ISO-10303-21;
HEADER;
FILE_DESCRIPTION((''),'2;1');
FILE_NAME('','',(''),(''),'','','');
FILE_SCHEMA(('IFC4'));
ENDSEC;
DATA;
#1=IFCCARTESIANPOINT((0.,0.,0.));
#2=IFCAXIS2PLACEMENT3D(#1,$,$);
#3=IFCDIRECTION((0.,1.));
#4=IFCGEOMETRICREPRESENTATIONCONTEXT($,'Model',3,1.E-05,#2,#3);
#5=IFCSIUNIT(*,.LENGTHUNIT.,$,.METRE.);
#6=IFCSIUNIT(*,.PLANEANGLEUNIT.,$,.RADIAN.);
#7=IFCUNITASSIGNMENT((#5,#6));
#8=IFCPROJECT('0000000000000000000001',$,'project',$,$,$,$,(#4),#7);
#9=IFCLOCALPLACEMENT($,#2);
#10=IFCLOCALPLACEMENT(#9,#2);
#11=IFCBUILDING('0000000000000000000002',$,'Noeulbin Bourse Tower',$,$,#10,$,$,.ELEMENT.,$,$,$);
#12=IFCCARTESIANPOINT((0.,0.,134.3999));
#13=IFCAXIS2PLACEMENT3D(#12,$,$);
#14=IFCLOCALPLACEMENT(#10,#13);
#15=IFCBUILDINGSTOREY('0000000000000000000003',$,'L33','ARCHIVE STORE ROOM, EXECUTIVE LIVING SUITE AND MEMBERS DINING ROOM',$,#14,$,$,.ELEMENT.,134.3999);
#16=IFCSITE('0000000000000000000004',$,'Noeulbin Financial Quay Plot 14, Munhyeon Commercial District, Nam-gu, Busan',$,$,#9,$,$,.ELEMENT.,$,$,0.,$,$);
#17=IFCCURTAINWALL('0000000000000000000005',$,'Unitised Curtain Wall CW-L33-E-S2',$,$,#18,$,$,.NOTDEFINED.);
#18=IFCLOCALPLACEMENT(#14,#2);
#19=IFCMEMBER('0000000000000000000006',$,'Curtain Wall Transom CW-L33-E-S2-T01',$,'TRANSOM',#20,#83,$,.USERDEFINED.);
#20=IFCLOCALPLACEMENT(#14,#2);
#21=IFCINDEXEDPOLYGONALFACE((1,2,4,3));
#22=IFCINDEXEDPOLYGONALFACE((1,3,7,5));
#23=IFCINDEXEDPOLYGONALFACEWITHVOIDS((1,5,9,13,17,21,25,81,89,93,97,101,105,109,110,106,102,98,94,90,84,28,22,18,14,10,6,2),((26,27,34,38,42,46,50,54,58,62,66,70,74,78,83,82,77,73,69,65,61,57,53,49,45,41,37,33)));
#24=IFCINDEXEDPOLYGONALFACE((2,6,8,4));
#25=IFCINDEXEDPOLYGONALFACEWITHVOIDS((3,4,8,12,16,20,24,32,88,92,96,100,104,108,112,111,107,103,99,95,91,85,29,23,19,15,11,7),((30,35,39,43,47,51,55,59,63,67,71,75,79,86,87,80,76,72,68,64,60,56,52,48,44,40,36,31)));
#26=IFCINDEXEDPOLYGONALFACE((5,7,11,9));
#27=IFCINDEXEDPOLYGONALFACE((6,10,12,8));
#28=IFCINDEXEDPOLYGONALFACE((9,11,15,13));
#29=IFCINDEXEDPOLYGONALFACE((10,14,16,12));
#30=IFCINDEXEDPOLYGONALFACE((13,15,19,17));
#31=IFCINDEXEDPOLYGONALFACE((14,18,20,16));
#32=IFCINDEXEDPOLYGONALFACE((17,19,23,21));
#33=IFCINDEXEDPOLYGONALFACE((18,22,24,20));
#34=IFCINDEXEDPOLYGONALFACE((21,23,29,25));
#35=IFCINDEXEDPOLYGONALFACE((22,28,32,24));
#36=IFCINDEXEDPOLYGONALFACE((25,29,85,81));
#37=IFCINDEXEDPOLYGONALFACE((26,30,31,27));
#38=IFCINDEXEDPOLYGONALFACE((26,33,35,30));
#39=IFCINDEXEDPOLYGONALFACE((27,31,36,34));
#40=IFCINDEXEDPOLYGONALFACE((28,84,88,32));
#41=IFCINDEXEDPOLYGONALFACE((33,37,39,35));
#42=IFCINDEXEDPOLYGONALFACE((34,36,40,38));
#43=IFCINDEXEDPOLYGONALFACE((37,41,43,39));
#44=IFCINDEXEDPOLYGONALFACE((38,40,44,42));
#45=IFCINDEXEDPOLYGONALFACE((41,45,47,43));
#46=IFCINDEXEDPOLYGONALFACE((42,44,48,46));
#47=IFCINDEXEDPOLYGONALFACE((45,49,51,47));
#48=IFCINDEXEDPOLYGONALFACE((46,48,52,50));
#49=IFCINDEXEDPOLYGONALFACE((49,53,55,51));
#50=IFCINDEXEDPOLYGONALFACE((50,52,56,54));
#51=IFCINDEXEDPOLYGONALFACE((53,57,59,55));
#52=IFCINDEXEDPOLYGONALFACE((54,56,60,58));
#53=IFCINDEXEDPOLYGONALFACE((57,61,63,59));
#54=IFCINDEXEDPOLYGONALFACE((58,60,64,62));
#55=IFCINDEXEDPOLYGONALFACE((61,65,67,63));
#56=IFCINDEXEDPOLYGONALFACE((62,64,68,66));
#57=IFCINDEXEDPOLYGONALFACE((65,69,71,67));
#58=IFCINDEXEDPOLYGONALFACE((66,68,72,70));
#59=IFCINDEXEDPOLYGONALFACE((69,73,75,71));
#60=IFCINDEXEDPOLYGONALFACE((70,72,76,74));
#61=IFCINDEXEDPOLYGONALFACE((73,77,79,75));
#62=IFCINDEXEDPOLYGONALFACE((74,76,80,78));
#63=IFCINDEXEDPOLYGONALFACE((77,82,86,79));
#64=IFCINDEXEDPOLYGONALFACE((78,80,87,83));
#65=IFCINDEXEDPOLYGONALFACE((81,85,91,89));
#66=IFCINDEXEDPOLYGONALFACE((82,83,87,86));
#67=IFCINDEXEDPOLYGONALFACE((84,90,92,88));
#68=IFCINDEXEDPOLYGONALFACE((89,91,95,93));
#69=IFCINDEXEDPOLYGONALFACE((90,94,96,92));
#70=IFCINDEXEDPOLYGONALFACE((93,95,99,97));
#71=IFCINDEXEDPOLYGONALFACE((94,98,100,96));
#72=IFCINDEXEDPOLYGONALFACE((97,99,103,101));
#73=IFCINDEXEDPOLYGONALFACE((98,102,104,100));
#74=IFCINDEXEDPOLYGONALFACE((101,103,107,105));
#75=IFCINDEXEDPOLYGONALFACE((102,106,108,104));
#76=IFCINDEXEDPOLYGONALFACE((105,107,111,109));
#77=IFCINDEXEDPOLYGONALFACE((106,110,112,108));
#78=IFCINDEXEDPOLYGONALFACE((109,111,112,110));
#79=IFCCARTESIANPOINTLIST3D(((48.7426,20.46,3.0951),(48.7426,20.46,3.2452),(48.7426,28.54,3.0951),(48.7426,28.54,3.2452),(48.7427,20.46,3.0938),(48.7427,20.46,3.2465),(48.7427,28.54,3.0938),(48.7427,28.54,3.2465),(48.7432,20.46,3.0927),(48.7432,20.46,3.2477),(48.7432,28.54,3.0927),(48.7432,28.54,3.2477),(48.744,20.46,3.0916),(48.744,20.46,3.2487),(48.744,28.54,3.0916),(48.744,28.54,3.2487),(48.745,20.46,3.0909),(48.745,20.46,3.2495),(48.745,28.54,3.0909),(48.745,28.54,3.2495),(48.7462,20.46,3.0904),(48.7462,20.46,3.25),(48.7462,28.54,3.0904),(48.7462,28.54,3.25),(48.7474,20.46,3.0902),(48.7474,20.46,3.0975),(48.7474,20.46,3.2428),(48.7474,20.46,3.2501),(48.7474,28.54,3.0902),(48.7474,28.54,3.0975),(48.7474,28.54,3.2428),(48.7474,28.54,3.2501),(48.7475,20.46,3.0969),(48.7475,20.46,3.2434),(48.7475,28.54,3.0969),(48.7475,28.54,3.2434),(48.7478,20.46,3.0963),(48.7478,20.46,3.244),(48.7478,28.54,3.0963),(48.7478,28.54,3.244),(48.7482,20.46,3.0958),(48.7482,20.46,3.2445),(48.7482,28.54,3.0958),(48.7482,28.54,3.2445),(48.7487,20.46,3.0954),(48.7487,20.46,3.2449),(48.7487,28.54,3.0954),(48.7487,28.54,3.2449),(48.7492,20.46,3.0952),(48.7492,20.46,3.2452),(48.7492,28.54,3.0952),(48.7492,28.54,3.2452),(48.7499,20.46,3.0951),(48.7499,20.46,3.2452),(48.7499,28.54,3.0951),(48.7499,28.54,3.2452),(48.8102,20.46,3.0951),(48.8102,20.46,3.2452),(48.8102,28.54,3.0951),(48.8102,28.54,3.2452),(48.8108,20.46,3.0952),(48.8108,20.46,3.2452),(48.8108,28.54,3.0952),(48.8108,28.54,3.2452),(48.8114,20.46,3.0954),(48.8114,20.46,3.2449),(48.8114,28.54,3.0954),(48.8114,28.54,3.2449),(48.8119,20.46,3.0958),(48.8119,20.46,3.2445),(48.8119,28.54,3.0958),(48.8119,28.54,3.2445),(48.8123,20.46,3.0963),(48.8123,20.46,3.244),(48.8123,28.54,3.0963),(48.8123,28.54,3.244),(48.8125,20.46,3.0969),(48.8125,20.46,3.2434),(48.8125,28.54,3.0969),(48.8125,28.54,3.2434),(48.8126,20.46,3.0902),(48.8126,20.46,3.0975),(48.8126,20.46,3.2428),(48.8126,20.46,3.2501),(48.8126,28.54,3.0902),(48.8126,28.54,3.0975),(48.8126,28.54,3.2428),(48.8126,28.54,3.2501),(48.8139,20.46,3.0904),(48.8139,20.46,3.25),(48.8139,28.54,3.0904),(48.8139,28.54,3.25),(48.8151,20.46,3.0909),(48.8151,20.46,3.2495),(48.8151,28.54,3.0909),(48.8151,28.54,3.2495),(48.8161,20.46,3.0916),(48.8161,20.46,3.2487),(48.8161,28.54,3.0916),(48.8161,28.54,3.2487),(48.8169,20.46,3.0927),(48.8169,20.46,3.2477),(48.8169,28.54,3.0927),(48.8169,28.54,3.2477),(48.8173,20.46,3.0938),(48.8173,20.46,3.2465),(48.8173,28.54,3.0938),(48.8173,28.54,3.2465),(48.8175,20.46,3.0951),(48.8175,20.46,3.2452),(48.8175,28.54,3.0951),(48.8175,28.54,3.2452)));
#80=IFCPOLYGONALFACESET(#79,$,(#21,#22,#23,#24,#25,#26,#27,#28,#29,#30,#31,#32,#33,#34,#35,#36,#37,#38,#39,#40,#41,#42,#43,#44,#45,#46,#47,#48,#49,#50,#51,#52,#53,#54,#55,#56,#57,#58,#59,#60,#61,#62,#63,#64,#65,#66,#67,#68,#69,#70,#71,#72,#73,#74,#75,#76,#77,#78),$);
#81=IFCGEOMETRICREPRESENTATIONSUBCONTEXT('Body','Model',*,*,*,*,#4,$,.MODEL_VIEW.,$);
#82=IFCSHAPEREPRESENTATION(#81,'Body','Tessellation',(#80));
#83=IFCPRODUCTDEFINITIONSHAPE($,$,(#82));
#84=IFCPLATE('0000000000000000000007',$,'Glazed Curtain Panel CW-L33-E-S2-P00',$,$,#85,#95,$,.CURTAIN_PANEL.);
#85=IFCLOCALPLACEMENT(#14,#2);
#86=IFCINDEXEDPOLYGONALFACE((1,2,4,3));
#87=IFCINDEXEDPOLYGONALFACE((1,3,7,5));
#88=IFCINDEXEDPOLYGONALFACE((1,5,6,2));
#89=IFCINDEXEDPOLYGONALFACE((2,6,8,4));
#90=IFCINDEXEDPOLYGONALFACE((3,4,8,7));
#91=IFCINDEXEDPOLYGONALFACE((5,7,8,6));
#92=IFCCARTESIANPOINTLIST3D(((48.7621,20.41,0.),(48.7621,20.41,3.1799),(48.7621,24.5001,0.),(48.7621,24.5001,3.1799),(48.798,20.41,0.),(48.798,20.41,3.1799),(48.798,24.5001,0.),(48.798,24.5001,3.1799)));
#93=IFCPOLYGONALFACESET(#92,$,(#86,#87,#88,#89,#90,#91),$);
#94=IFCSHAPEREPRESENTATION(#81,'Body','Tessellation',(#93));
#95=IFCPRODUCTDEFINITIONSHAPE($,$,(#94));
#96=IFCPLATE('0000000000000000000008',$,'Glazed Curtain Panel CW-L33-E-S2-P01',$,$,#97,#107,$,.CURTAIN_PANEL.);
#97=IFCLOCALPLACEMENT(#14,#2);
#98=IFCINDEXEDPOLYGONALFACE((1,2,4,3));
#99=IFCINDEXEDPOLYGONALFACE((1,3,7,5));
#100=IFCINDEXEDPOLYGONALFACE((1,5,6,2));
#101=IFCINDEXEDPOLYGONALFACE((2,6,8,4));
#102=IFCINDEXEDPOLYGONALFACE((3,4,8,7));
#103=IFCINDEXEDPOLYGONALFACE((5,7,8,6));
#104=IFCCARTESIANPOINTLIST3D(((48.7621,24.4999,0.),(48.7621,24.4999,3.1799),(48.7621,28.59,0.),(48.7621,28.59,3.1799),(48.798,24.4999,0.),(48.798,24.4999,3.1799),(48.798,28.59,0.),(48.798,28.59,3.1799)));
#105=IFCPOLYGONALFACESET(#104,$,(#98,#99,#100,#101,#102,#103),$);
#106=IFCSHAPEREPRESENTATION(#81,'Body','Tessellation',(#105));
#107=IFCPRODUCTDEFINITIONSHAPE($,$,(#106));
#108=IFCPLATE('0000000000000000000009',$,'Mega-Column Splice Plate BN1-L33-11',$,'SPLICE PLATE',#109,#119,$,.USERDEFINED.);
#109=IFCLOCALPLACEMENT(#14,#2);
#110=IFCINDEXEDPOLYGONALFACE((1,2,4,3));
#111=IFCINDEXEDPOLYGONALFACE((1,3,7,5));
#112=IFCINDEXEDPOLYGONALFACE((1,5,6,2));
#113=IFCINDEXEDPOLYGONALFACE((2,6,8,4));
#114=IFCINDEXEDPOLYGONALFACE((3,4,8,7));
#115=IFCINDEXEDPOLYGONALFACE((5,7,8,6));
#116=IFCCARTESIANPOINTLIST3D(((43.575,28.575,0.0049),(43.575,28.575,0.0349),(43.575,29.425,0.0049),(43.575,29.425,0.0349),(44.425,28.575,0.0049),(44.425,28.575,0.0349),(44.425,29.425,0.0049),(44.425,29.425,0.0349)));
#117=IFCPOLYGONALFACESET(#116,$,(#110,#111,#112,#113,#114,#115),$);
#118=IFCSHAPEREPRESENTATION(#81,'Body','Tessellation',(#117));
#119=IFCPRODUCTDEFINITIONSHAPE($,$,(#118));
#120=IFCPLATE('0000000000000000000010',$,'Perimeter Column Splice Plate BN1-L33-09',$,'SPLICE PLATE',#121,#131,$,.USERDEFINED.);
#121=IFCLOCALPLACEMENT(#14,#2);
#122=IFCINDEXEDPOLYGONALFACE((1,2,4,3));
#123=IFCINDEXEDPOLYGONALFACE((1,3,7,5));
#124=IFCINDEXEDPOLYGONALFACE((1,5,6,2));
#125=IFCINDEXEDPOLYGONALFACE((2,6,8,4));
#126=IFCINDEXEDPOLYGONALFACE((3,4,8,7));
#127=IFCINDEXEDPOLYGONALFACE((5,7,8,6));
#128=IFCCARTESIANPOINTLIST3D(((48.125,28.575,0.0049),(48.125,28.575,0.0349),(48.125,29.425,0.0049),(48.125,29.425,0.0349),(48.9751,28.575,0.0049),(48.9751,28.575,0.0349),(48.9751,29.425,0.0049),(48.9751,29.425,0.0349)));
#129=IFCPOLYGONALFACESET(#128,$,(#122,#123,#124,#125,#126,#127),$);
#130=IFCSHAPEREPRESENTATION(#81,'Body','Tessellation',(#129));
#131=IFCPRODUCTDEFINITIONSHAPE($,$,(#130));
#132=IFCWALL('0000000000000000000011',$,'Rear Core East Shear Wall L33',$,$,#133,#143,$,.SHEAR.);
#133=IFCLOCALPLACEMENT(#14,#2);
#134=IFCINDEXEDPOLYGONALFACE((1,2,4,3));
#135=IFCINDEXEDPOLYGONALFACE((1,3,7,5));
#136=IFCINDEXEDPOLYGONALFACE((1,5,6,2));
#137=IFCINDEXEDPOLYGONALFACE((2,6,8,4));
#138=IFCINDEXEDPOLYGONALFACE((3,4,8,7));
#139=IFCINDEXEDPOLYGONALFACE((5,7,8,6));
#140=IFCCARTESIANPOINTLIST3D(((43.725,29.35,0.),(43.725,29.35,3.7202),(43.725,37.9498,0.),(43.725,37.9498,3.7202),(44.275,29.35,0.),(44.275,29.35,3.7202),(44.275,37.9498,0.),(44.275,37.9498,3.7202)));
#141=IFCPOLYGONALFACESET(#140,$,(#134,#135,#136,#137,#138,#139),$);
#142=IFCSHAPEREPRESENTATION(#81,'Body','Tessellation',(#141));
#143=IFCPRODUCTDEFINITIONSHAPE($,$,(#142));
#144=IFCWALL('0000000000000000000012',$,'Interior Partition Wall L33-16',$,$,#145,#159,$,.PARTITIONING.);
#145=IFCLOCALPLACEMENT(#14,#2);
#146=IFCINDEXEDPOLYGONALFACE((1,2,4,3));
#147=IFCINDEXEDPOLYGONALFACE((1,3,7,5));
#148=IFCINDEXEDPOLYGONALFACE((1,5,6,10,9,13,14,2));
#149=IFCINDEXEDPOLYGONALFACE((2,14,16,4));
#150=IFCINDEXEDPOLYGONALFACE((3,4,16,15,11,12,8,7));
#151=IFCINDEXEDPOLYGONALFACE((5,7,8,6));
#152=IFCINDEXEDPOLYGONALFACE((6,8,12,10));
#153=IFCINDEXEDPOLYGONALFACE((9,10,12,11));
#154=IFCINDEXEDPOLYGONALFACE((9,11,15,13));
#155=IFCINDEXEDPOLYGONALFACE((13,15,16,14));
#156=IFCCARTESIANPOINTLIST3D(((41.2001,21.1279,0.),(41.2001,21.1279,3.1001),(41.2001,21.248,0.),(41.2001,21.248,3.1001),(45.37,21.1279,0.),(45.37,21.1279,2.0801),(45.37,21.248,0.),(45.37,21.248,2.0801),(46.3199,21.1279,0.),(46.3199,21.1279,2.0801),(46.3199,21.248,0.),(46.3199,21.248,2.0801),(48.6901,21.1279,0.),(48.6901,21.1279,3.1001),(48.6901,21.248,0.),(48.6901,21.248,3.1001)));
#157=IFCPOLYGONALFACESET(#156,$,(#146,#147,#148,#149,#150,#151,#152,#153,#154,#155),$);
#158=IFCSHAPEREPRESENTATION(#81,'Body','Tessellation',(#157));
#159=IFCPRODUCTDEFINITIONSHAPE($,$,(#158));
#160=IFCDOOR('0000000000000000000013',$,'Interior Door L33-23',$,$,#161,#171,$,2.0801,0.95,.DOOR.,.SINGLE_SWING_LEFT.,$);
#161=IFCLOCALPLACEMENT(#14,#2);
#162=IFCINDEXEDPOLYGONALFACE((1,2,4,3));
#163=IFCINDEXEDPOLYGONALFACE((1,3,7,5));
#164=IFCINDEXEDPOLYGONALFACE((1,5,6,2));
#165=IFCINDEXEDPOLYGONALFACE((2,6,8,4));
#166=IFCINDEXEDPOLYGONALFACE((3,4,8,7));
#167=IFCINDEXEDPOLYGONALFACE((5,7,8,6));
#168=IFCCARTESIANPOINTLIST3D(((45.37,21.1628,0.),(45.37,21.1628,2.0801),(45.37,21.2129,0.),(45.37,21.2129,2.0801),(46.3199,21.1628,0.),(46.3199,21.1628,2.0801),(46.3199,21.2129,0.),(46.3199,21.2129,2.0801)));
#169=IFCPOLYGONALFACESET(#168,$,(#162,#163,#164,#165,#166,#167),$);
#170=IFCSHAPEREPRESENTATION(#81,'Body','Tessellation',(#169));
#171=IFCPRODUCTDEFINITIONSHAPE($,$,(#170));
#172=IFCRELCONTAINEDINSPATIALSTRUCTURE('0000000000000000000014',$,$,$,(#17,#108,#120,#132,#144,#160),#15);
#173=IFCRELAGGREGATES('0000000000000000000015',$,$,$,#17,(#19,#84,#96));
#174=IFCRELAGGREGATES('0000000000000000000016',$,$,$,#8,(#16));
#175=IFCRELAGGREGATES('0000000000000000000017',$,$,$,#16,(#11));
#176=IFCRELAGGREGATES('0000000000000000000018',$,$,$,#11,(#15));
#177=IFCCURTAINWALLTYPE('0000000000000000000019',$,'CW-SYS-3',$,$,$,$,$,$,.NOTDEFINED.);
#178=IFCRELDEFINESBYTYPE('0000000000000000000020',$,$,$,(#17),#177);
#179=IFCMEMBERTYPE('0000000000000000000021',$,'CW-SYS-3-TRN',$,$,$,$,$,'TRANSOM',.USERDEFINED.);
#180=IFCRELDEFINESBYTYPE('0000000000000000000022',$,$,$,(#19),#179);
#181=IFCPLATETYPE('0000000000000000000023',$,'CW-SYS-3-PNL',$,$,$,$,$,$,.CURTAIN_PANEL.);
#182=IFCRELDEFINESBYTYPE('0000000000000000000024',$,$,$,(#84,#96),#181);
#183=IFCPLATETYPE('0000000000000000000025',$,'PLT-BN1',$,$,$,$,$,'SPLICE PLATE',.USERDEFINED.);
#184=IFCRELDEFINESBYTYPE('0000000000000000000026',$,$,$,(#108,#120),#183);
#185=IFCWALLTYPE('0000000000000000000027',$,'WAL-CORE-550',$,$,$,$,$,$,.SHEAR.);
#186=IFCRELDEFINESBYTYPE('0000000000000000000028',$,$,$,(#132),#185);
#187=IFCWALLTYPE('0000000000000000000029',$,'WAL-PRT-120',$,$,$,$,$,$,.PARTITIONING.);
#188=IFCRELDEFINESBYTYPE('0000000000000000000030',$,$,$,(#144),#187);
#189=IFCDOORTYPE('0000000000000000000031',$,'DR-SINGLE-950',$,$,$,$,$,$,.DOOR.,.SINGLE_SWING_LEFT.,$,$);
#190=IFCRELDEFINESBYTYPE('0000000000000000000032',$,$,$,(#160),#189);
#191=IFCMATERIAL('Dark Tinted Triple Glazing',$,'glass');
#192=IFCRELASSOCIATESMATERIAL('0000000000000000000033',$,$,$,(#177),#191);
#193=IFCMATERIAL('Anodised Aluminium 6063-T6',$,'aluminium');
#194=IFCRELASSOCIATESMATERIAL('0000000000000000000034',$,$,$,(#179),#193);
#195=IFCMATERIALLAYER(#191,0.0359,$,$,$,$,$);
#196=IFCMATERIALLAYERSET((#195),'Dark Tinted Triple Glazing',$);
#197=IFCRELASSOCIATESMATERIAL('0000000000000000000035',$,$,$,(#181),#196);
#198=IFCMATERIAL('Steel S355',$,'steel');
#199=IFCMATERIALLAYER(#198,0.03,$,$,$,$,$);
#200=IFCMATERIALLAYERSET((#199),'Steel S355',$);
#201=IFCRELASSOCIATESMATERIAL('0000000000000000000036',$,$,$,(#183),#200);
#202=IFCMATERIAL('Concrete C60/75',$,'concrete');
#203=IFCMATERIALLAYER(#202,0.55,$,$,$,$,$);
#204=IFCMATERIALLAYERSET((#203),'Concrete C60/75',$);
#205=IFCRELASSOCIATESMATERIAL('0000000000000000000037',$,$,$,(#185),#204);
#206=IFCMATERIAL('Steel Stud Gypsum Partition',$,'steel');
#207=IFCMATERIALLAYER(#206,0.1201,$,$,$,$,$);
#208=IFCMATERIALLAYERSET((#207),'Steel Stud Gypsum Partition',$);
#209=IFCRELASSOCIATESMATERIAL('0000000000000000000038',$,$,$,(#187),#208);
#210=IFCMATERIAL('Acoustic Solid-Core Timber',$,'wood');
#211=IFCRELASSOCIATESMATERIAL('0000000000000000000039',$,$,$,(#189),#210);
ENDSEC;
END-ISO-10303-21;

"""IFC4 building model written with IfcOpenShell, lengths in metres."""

from ifc_helpers import new_model, si_unit, direction, frame, frame_2d, origin, origin_2d, place, context, subcontext, project, spatial, rectangle, hollow_rectangle, extrude, material, layer, layer_set, material_profile, profile_set, type_object, element, fill, aggregate, save


model = new_model("IFC4")

# Units and contexts
model_context = context("Model", 3, precision=1e-05, world=origin(), true_north=direction((0.0, 1.0)))
body_context = subcontext(model_context, "Body", "Model", "MODEL_VIEW")
ifc_project = project(units=[si_unit("LENGTHUNIT", "METRE"), si_unit("PLANEANGLEUNIT", "RADIAN")], contexts=[model_context])

# Site, building, storey
site_placement = place(None, origin())
site = spatial("IfcSite", under=ifc_project, at=site_placement, Name="Noeulbin Financial Quay Plot 14, Munhyeon Commercial District, Nam-gu, Busan", CompositionType="ELEMENT", RefElevation=0.0)
building_placement = place(site_placement, origin())
building = spatial("IfcBuilding", under=site, at=building_placement, Name="Noeulbin Bourse Tower", CompositionType="ELEMENT")
storey_placement = place(building_placement, frame((0.0, 0.0, 134.3999)))
storey = spatial("IfcBuildingStorey", under=building, at=storey_placement, Name="L33", Description="ARCHIVE STORE ROOM, EXECUTIVE LIVING SUITE AND MEMBERS DINING ROOM", CompositionType="ELEMENT", Elevation=134.3999)

# Shared definitions
ifc_material_1 = material(Name="Steel S355", Category="steel")

# Curtain wall, member, plates
ifc_material_2 = material(Name="Dark Tinted Triple Glazing", Category="glass")
curtain_wall_type = type_object("IfcCurtainWallType", Name="CW-SYS-3", PredefinedType="NOTDEFINED", material=ifc_material_2)
curtain_wall_placement = place(storey_placement, origin())
curtain_wall = element("IfcCurtainWall", 1, at=curtain_wall_placement, inside=storey, type_object=curtain_wall_type, Name="Unitised Curtain Wall CW-L33-E-S2", PredefinedType="NOTDEFINED")
ifc_material_3 = material(Name="Anodised Aluminium 6063-T6", Category="aluminium")
ifc_material_profile_1 = material_profile(ifc_material_3, hollow_rectangle(XDim=0.075, YDim=0.1599, WallThickness=0.0049, InnerFilletRadius=0.0024, OuterFilletRadius=0.0049, at=origin_2d()), Name="ALU-TRAN-75x160x5", Category="LoadBearing")
ifc_profile_set_1 = profile_set([ifc_material_profile_1], Name="Anodised Aluminium 6063-T6")
member_type_1 = type_object("IfcMemberType", Name="CW-SYS-3-TRN", ElementType="TRANSOM", PredefinedType="USERDEFINED", material=ifc_profile_set_1)
member_1_placement = place(storey_placement, frame((48.78, 20.46, 3.1702), z_axis=(0.0, 1.0, 0.0), x_axis=(-1.0, 0.0, 0.0)))
member_1 = element("IfcMember", 2, at=member_1_placement, type_object=member_type_1, Name="Curtain Wall Transom CW-L33-E-S2-T01", ObjectType="TRANSOM", PredefinedType="USERDEFINED", context=body_context, shape_type="SweptSolid", body=[
    extrude(hollow_rectangle(XDim=0.075, YDim=0.1599, WallThickness=0.0049, InnerFilletRadius=0.0024, OuterFilletRadius=0.0049, at=origin_2d()), origin(), (0.0, 0.0, 1.0), 8.0801),
])
ifc_layer_1 = layer(ifc_material_2, 0.0359)
ifc_layer_set_1 = layer_set([ifc_layer_1], Name="Dark Tinted Triple Glazing")
plate_type_1 = type_object("IfcPlateType", Name="CW-SYS-3-PNL", PredefinedType="CURTAIN_PANEL", material=ifc_layer_set_1)
plate_1_placement = place(storey_placement, frame((48.78, 22.4551, 0.0), z_axis=(0.0, 0.0, 1.0), x_axis=(0.0, 1.0, 0.0)))
plate_1 = element("IfcPlate", 3, at=plate_1_placement, type_object=plate_type_1, Name="Glazed Curtain Panel CW-L33-E-S2-P00", PredefinedType="CURTAIN_PANEL", context=body_context, shape_type="SweptSolid", body=[
    extrude(rectangle(XDim=4.0901, YDim=0.0359, at=origin_2d()), origin(), (0.0, 0.0, 1.0), 3.1799),
])
plate_2_placement = place(storey_placement, frame((48.78, 26.5449, 0.0), z_axis=(0.0, 0.0, 1.0), x_axis=(0.0, 1.0, 0.0)))
plate_2 = element("IfcPlate", 4, at=plate_2_placement, type_object=plate_type_1, Name="Glazed Curtain Panel CW-L33-E-S2-P01", PredefinedType="CURTAIN_PANEL", context=body_context, shape_type="SweptSolid", body=[
    extrude(rectangle(XDim=4.0901, YDim=0.0359, at=origin_2d()), origin(), (0.0, 0.0, 1.0), 3.1799),
])
aggregate(curtain_wall, [member_1, plate_1, plate_2])

# Plates
ifc_layer_2 = layer(ifc_material_1, 0.03)
ifc_layer_set_2 = layer_set([ifc_layer_2], Name="Steel S355")
plate_type_2 = type_object("IfcPlateType", Name="PLT-BN1", ElementType="SPLICE PLATE", PredefinedType="USERDEFINED", material=ifc_layer_set_2)
for number, where, z_axis, x_axis, name in (
    (5, (44.0, 29.0, 0.0049), (0.0, 0.0, 1.0), (1.0, 0.0, 0.0), "Mega-Column Splice Plate BN1-L33-11"),
    (6, (48.55, 29.0, 0.0049), (0.0, 0.0, 1.0), (1.0, 0.0, 0.0), "Perimeter Column Splice Plate BN1-L33-09"),
):
    element("IfcPlate", number, at=place(storey_placement, frame(where, z_axis=z_axis, x_axis=x_axis)), inside=storey, type_object=plate_type_2, Name=name, ObjectType="SPLICE PLATE", PredefinedType="USERDEFINED", context=body_context, shape_type="SweptSolid", body=[
        extrude(rectangle(XDim=0.8501, YDim=0.8501, at=origin_2d()), origin(), (0.0, 0.0, 1.0), 0.03),
    ])

# Wall
ifc_material_4 = material(Name="Concrete C60/75", Category="concrete")
ifc_layer_3 = layer(ifc_material_4, 0.55)
ifc_layer_set_3 = layer_set([ifc_layer_3], Name="Concrete C60/75")
wall_type_1 = type_object("IfcWallType", Name="WAL-CORE-550", PredefinedType="SHEAR", material=ifc_layer_set_3)
wall_1_placement = place(storey_placement, frame((44.0, 29.3501, 0.0), z_axis=(0.0, 0.0, 1.0), x_axis=(0.0, 1.0, 0.0)))
element("IfcWall", 7, at=wall_1_placement, inside=storey, type_object=wall_type_1, Name="Rear Core East Shear Wall L33", PredefinedType="SHEAR", context=body_context, shape_type="SweptSolid", body=[
    extrude(rectangle(XDim=8.5999, YDim=0.55, at=frame_2d((4.2998, 0.0))), origin(), (0.0, 0.0, 1.0), 3.7202),
])

# Wall, opening, door
ifc_material_5 = material(Name="Steel Stud Gypsum Partition", Category="steel")
ifc_layer_4 = layer(ifc_material_5, 0.1201)
ifc_layer_set_4 = layer_set([ifc_layer_4], Name="Steel Stud Gypsum Partition")
wall_type_2 = type_object("IfcWallType", Name="WAL-PRT-120", PredefinedType="PARTITIONING", material=ifc_layer_set_4)
wall_2_placement = place(storey_placement, frame((41.2, 21.188, 0.0), z_axis=(0.0, 0.0, 1.0), x_axis=(1.0, 0.0, 0.0)))
wall_2 = element("IfcWall", 8, at=wall_2_placement, inside=storey, type_object=wall_type_2, Name="Interior Partition Wall L33-16", PredefinedType="PARTITIONING", context=body_context, shape_type="SweptSolid", body=[
    extrude(rectangle(XDim=7.49, YDim=0.1201, at=frame_2d((3.7451, 0.0))), origin(), (0.0, 0.0, 1.0), 3.1001),
])
opening_placement = place(wall_2_placement, frame((4.1699, 0.0, 0.0)))
opening = element("IfcOpeningElement", 9, at=opening_placement, cuts=wall_2, PredefinedType="OPENING", context=body_context, shape_type="SweptSolid", body=[
    extrude(rectangle(XDim=0.95, YDim=2.0801, at=frame_2d((0.4751, 1.04))), frame((0.0, 0.0701, 0.0), z_axis=(0.0, -1.0, 0.0), x_axis=(1.0, 0.0, 0.0)), (0.0, 0.0, 1.0), 0.1401),
])
ifc_material_6 = material(Name="Acoustic Solid-Core Timber", Category="wood")
door_type = type_object("IfcDoorType", Name="DR-SINGLE-950", OperationType="SINGLE_SWING_LEFT", PredefinedType="DOOR", material=ifc_material_6)
door_placement = place(opening_placement, origin())
door = element("IfcDoor", 10, at=door_placement, inside=storey, type_object=door_type, Name="Interior Door L33-23", OperationType="SINGLE_SWING_LEFT", OverallHeight=2.0801, OverallWidth=0.95, PredefinedType="DOOR", context=body_context, shape_type="SweptSolid", body=[
    extrude(rectangle(XDim=0.95, YDim=2.0801, at=frame_2d((0.4751, 1.04))), frame((0.0, 0.0249, 0.0), z_axis=(0.0, -1.0, 0.0), x_axis=(1.0, 0.0, 0.0)), (0.0, 0.0, 1.0), 0.05),
])
fill(opening, door)

save(model, "model.ifc")
